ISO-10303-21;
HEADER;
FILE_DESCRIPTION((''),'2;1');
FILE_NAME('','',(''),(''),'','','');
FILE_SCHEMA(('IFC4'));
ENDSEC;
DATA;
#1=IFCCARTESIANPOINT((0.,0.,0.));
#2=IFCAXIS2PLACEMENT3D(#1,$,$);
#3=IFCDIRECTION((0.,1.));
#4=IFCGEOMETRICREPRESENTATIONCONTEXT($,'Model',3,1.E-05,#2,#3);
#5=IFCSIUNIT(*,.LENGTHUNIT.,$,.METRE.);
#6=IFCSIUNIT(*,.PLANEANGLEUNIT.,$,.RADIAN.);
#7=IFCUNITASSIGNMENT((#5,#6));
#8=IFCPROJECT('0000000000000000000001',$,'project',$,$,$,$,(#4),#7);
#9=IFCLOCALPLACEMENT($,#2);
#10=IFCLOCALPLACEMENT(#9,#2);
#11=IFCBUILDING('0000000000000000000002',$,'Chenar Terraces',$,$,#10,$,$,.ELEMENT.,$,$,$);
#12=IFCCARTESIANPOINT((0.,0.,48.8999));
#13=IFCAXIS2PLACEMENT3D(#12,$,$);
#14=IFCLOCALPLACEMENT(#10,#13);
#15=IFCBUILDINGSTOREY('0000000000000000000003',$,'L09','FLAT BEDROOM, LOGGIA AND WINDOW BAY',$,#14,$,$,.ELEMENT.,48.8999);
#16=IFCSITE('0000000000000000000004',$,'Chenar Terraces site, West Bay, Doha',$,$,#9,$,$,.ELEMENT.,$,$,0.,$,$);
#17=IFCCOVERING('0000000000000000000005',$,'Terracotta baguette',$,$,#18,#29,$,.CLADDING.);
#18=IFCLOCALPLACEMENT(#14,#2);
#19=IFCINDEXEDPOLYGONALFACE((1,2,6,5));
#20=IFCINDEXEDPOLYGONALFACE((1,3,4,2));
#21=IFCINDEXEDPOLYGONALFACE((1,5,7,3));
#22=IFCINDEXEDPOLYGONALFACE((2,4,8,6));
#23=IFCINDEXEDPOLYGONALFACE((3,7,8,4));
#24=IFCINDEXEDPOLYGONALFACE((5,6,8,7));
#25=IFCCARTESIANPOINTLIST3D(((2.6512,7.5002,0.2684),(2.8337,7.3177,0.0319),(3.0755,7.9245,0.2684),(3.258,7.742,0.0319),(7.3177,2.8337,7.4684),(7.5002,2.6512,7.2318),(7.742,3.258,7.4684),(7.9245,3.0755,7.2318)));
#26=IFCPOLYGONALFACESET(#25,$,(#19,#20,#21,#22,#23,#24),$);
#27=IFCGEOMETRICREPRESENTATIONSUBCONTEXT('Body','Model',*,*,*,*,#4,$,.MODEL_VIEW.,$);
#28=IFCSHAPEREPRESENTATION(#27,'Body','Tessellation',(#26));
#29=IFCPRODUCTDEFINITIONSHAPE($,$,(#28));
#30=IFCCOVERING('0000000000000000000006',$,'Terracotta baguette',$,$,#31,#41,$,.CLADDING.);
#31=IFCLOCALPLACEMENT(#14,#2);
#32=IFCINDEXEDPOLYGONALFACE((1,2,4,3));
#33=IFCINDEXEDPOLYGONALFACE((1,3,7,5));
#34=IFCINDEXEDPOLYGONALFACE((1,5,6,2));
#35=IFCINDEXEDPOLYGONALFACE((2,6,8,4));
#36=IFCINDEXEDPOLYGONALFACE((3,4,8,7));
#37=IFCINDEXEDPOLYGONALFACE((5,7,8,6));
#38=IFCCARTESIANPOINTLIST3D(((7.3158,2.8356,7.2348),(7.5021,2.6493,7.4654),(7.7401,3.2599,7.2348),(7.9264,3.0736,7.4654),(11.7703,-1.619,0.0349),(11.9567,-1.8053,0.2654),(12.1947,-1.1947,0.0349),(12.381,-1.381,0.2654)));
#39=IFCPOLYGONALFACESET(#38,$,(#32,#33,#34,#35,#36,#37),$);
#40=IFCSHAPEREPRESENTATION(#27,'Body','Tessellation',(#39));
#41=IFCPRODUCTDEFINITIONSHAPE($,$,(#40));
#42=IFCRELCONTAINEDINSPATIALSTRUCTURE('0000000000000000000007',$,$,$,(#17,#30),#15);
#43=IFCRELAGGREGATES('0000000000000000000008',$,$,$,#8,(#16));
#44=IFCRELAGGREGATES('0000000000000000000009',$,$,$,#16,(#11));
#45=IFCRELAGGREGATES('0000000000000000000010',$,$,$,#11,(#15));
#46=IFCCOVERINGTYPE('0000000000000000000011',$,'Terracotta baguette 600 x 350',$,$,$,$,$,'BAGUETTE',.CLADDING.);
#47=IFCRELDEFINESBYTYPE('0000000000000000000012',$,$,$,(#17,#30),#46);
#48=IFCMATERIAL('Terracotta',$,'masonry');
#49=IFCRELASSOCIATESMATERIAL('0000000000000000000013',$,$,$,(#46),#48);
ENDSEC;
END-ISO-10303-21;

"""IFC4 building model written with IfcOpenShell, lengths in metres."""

from ifc_helpers import new_model, si_unit, direction, frame, origin, origin_2d, place, context, subcontext, project, spatial, rectangle, extrude, material, material_profile, profile_set, type_object, element, save


model = new_model("IFC4")

# Units and contexts
model_context = context("Model", 3, precision=1e-05, world=origin(), true_north=direction((0.0, 1.0)))
body_context = subcontext(model_context, "Body", "Model", "MODEL_VIEW")
ifc_project = project(units=[si_unit("LENGTHUNIT", "METRE"), si_unit("PLANEANGLEUNIT", "RADIAN")], contexts=[model_context])

# Site, building, storey
site_placement = place(None, origin())
site = spatial("IfcSite", under=ifc_project, at=site_placement, Name="Chenar Terraces site, West Bay, Doha", CompositionType="ELEMENT", RefElevation=0.0)
building_placement = place(site_placement, origin())
building = spatial("IfcBuilding", under=site, at=building_placement, Name="Chenar Terraces", CompositionType="ELEMENT")
storey_placement = place(building_placement, frame((0.0, 0.0, 48.8999)))
storey = spatial("IfcBuildingStorey", under=building, at=storey_placement, Name="L09", Description="FLAT BEDROOM, LOGGIA AND WINDOW BAY", CompositionType="ELEMENT", Elevation=48.8999)

# Coverings
ifc_material_1 = material(Name="Terracotta", Category="masonry")
ifc_material_profile = material_profile(ifc_material_1, rectangle(XDim=0.6001, YDim=0.3501, at=origin_2d()), Name="Terracotta baguette 600 x 350")
ifc_profile_set = profile_set([ifc_material_profile], Name="Terracotta")
covering_type = type_object("IfcCoveringType", Name="Terracotta baguette 600 x 350", ElementType="BAGUETTE", PredefinedType="CLADDING", material=ifc_profile_set)
covering_1_placement = place(storey_placement, frame((2.9546, 7.6211, 0.1501), z_axis=(0.477789, -0.477789, 0.737181), x_axis=(0.707107, 0.707107, 0.0)))
element("IfcCovering", 1, at=covering_1_placement, inside=storey, type_object=covering_type, Name="Terracotta baguette", PredefinedType="CLADDING", context=body_context, shape_type="SweptSolid", body=[
    extrude(rectangle(XDim=0.6001, YDim=0.3501, at=origin_2d()), origin(), (0.0, 0.0, 1.0), 9.7668),
])
covering_2_placement = place(storey_placement, frame((7.6211, 2.9546, 7.3501), z_axis=(0.465624, -0.465624, -0.752588), x_axis=(0.707107, 0.707107, 0.0)))
element("IfcCovering", 2, at=covering_2_placement, inside=storey, type_object=covering_type, Name="Terracotta baguette", PredefinedType="CLADDING", context=body_context, shape_type="SweptSolid", body=[
    extrude(rectangle(XDim=0.6001, YDim=0.3501, at=origin_2d()), origin(), (0.0, 0.0, 1.0), 9.5669),
])

save(model, "model.ifc")
